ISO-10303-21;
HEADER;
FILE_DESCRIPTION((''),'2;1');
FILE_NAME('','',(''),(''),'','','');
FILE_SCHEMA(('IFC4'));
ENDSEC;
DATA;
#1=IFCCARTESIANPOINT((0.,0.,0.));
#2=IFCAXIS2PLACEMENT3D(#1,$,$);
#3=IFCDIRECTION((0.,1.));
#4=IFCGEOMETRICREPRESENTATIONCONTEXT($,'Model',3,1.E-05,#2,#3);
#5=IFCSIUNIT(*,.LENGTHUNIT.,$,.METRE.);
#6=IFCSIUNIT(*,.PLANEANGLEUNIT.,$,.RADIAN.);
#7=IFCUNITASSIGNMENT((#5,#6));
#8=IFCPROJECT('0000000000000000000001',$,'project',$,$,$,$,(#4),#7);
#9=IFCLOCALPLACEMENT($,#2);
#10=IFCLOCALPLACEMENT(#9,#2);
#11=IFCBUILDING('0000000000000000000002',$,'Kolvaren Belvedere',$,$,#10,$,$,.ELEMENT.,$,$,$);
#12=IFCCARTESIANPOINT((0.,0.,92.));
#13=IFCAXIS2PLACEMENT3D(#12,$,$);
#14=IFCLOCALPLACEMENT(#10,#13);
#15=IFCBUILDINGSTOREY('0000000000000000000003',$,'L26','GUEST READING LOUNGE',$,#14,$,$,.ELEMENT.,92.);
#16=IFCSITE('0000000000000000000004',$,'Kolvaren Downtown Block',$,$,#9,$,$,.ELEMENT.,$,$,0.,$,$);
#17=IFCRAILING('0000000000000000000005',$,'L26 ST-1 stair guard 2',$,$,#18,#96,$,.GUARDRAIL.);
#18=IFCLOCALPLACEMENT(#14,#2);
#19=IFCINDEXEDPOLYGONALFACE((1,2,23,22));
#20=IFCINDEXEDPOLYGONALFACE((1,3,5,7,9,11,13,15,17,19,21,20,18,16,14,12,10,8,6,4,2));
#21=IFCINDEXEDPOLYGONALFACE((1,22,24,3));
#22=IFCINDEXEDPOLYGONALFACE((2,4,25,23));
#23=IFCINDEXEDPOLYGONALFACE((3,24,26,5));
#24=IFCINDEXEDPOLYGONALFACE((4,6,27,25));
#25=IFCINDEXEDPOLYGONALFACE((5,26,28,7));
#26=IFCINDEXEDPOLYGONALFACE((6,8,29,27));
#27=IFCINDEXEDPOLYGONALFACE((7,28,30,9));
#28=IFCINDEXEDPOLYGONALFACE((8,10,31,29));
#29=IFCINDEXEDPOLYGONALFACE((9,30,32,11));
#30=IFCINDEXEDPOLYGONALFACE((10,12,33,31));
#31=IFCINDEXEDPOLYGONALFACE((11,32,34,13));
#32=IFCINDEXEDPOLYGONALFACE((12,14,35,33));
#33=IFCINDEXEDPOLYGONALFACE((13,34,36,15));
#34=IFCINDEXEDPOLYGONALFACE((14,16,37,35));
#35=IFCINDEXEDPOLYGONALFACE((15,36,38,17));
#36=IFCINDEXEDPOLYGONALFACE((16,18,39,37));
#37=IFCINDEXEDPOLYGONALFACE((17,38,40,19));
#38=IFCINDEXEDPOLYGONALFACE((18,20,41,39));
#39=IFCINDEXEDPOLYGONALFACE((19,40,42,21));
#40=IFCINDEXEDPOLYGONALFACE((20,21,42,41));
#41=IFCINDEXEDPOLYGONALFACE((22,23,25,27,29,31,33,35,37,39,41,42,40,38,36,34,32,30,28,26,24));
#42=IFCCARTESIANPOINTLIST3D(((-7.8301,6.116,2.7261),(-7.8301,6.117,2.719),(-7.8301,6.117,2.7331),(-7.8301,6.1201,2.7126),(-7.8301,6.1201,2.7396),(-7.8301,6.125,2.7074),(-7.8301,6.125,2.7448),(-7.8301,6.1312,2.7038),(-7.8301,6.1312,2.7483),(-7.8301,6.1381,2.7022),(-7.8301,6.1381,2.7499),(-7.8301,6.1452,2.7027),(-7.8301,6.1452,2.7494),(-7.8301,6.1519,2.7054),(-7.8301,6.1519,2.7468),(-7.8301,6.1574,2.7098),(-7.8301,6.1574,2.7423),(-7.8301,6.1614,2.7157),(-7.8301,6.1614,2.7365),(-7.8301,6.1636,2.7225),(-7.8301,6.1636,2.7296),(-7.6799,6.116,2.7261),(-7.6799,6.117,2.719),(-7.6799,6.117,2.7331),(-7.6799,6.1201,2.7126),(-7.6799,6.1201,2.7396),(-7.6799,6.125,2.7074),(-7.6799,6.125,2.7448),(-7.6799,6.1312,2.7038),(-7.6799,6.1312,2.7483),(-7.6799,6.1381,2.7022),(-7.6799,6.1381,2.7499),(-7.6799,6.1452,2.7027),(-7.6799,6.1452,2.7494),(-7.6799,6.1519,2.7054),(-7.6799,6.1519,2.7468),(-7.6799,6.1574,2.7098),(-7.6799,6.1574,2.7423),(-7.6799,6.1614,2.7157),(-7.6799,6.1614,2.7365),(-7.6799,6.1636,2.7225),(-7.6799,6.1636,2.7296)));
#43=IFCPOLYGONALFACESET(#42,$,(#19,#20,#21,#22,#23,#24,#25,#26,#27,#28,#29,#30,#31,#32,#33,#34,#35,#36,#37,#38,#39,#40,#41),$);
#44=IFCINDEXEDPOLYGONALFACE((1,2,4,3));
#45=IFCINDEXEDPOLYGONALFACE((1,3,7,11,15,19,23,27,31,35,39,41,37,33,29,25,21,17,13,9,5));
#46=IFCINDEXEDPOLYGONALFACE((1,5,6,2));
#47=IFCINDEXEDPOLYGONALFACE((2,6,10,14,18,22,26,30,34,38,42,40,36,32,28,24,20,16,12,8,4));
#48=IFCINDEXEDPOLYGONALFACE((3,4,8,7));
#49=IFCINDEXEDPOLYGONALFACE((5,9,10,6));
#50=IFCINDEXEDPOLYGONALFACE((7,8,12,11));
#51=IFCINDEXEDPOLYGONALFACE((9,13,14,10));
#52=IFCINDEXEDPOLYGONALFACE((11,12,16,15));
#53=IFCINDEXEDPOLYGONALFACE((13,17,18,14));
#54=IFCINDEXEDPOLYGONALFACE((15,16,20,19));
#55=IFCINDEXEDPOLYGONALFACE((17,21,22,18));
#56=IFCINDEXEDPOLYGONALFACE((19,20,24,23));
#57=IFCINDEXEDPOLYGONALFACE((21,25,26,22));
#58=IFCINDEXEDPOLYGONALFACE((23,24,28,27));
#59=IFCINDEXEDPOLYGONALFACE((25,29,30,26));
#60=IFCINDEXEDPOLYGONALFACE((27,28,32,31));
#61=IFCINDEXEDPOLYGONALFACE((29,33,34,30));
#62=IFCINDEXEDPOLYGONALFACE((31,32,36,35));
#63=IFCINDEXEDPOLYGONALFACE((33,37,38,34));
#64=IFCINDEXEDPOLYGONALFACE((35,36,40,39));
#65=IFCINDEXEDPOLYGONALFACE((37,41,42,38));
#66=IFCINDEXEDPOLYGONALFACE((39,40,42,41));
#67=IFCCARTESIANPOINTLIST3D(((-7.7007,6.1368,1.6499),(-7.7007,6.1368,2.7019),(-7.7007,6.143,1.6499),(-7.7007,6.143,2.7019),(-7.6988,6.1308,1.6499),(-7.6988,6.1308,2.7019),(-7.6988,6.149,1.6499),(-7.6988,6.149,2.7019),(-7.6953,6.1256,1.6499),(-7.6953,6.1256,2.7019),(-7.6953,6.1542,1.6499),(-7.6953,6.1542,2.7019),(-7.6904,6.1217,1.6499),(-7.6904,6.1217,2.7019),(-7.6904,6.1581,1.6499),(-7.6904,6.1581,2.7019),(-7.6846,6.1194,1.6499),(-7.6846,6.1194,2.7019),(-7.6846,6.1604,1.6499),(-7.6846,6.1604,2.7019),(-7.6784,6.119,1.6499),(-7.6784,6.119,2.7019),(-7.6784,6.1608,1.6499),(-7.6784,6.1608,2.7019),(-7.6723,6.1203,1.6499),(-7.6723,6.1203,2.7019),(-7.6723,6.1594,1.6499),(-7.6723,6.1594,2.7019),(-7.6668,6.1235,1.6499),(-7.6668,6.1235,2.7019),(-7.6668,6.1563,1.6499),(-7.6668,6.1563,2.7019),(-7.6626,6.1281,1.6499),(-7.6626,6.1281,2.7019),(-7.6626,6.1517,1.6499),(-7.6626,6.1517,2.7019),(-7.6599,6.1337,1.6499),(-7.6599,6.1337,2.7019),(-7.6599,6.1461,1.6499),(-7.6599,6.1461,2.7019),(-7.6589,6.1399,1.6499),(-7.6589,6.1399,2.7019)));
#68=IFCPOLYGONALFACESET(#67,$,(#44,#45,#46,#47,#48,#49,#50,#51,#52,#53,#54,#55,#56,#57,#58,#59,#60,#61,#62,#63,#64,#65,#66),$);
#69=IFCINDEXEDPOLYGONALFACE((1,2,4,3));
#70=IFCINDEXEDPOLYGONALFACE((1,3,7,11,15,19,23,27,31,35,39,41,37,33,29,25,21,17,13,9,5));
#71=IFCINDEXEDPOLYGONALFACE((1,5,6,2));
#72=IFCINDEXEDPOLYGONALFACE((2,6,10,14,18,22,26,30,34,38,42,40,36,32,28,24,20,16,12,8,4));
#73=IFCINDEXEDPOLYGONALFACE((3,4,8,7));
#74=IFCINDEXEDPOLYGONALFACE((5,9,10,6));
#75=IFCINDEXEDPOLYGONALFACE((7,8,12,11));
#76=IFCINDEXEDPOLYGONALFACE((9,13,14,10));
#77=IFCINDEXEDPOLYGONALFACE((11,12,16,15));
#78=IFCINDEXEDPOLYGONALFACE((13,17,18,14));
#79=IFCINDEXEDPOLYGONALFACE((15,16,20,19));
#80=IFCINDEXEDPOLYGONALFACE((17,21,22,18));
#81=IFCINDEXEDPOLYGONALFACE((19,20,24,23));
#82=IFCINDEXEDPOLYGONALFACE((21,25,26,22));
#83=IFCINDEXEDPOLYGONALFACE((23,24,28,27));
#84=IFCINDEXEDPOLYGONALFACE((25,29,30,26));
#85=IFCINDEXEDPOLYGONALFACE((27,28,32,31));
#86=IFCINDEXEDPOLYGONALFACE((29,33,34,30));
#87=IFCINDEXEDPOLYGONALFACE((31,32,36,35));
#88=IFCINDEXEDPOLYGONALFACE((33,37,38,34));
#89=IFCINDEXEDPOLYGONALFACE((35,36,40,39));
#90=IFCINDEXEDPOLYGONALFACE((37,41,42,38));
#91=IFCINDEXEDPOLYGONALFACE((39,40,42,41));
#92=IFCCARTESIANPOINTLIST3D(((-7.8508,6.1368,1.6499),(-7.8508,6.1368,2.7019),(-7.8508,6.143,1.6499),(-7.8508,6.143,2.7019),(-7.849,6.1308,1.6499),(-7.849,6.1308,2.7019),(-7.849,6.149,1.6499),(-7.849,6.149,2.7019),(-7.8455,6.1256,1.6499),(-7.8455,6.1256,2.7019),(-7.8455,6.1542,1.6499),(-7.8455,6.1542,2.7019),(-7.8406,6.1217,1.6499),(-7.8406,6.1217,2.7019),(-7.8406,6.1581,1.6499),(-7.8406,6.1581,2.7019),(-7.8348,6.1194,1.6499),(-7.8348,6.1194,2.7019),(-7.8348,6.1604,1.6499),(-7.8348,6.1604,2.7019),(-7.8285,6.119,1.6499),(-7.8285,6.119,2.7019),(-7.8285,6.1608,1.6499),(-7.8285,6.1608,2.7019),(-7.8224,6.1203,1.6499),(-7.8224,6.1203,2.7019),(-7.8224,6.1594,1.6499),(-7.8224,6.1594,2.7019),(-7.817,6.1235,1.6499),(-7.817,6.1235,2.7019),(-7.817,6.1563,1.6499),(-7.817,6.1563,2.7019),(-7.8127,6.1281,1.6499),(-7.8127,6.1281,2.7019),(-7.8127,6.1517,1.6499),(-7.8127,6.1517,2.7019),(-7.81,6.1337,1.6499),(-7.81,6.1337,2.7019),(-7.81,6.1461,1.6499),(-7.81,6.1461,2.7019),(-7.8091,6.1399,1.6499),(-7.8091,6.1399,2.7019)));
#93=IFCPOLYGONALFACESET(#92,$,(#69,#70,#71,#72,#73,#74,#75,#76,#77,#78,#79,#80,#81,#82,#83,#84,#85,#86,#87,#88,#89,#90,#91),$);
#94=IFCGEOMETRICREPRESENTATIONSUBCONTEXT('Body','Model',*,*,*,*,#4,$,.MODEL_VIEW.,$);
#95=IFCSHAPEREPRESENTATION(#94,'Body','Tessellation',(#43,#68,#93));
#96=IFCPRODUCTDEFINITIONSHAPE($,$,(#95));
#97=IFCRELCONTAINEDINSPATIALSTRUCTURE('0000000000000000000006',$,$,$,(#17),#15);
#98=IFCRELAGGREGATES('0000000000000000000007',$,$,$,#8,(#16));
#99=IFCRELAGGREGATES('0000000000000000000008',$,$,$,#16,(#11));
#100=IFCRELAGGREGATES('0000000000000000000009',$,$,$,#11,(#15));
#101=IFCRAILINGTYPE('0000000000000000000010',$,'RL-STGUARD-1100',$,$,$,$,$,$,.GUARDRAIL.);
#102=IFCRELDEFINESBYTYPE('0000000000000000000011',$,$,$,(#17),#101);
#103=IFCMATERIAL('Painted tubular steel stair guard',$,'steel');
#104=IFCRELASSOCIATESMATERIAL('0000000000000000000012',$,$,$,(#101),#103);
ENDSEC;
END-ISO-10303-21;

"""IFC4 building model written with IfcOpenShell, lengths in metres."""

from ifc_helpers import new_model, si_unit, direction, frame, origin, origin_2d, place, context, subcontext, project, spatial, circle, extrude, material, type_object, element, save


model = new_model("IFC4")

# Units and contexts
model_context = context("Model", 3, precision=1e-05, world=origin(), true_north=direction((0.0, 1.0)))
body_context = subcontext(model_context, "Body", "Model", "MODEL_VIEW")
ifc_project = project(units=[si_unit("LENGTHUNIT", "METRE"), si_unit("PLANEANGLEUNIT", "RADIAN")], contexts=[model_context])

# Site, building, storey
site_placement = place(None, origin())
site = spatial("IfcSite", under=ifc_project, at=site_placement, Name="Kolvaren Downtown Block", CompositionType="ELEMENT", RefElevation=0.0)
building_placement = place(site_placement, origin())
building = spatial("IfcBuilding", under=site, at=building_placement, Name="Kolvaren Belvedere", CompositionType="ELEMENT")
storey_placement = place(building_placement, frame((0.0, 0.0, 92.0)))
storey = spatial("IfcBuildingStorey", under=building, at=storey_placement, Name="L26", Description="GUEST READING LOUNGE", CompositionType="ELEMENT", Elevation=92.0)

# Railing
ifc_material_1 = material(Name="Painted tubular steel stair guard", Category="steel")
railing_type_1 = type_object("IfcRailingType", Name="RL-STGUARD-1100", PredefinedType="GUARDRAIL", material=ifc_material_1)
railing_1_placement = place(storey_placement, frame((-7.6799, 6.1399, 1.6499)))
element("IfcRailing", 1, at=railing_1_placement, inside=storey, type_object=railing_type_1, Name="L26 ST-1 stair guard 2", PredefinedType="GUARDRAIL", context=body_context, shape_type="SweptSolid", body=[
    extrude(circle(Radius=0.0239, at=origin_2d()), frame((0.0, 0.0, 1.0762), z_axis=(-1.0, 0.0, 0.0), x_axis=(0.0, -1.0, 0.0)), (0.0, 0.0, 1.0), 0.1501),
    extrude(circle(Radius=0.021, at=origin_2d()), origin(), (0.0, 0.0, 1.0), 1.052),
    extrude(circle(Radius=0.021, at=origin_2d()), frame((-0.1501, 0.0, 0.0)), (0.0, 0.0, 1.0), 1.052),
])

save(model, "model.ifc")
